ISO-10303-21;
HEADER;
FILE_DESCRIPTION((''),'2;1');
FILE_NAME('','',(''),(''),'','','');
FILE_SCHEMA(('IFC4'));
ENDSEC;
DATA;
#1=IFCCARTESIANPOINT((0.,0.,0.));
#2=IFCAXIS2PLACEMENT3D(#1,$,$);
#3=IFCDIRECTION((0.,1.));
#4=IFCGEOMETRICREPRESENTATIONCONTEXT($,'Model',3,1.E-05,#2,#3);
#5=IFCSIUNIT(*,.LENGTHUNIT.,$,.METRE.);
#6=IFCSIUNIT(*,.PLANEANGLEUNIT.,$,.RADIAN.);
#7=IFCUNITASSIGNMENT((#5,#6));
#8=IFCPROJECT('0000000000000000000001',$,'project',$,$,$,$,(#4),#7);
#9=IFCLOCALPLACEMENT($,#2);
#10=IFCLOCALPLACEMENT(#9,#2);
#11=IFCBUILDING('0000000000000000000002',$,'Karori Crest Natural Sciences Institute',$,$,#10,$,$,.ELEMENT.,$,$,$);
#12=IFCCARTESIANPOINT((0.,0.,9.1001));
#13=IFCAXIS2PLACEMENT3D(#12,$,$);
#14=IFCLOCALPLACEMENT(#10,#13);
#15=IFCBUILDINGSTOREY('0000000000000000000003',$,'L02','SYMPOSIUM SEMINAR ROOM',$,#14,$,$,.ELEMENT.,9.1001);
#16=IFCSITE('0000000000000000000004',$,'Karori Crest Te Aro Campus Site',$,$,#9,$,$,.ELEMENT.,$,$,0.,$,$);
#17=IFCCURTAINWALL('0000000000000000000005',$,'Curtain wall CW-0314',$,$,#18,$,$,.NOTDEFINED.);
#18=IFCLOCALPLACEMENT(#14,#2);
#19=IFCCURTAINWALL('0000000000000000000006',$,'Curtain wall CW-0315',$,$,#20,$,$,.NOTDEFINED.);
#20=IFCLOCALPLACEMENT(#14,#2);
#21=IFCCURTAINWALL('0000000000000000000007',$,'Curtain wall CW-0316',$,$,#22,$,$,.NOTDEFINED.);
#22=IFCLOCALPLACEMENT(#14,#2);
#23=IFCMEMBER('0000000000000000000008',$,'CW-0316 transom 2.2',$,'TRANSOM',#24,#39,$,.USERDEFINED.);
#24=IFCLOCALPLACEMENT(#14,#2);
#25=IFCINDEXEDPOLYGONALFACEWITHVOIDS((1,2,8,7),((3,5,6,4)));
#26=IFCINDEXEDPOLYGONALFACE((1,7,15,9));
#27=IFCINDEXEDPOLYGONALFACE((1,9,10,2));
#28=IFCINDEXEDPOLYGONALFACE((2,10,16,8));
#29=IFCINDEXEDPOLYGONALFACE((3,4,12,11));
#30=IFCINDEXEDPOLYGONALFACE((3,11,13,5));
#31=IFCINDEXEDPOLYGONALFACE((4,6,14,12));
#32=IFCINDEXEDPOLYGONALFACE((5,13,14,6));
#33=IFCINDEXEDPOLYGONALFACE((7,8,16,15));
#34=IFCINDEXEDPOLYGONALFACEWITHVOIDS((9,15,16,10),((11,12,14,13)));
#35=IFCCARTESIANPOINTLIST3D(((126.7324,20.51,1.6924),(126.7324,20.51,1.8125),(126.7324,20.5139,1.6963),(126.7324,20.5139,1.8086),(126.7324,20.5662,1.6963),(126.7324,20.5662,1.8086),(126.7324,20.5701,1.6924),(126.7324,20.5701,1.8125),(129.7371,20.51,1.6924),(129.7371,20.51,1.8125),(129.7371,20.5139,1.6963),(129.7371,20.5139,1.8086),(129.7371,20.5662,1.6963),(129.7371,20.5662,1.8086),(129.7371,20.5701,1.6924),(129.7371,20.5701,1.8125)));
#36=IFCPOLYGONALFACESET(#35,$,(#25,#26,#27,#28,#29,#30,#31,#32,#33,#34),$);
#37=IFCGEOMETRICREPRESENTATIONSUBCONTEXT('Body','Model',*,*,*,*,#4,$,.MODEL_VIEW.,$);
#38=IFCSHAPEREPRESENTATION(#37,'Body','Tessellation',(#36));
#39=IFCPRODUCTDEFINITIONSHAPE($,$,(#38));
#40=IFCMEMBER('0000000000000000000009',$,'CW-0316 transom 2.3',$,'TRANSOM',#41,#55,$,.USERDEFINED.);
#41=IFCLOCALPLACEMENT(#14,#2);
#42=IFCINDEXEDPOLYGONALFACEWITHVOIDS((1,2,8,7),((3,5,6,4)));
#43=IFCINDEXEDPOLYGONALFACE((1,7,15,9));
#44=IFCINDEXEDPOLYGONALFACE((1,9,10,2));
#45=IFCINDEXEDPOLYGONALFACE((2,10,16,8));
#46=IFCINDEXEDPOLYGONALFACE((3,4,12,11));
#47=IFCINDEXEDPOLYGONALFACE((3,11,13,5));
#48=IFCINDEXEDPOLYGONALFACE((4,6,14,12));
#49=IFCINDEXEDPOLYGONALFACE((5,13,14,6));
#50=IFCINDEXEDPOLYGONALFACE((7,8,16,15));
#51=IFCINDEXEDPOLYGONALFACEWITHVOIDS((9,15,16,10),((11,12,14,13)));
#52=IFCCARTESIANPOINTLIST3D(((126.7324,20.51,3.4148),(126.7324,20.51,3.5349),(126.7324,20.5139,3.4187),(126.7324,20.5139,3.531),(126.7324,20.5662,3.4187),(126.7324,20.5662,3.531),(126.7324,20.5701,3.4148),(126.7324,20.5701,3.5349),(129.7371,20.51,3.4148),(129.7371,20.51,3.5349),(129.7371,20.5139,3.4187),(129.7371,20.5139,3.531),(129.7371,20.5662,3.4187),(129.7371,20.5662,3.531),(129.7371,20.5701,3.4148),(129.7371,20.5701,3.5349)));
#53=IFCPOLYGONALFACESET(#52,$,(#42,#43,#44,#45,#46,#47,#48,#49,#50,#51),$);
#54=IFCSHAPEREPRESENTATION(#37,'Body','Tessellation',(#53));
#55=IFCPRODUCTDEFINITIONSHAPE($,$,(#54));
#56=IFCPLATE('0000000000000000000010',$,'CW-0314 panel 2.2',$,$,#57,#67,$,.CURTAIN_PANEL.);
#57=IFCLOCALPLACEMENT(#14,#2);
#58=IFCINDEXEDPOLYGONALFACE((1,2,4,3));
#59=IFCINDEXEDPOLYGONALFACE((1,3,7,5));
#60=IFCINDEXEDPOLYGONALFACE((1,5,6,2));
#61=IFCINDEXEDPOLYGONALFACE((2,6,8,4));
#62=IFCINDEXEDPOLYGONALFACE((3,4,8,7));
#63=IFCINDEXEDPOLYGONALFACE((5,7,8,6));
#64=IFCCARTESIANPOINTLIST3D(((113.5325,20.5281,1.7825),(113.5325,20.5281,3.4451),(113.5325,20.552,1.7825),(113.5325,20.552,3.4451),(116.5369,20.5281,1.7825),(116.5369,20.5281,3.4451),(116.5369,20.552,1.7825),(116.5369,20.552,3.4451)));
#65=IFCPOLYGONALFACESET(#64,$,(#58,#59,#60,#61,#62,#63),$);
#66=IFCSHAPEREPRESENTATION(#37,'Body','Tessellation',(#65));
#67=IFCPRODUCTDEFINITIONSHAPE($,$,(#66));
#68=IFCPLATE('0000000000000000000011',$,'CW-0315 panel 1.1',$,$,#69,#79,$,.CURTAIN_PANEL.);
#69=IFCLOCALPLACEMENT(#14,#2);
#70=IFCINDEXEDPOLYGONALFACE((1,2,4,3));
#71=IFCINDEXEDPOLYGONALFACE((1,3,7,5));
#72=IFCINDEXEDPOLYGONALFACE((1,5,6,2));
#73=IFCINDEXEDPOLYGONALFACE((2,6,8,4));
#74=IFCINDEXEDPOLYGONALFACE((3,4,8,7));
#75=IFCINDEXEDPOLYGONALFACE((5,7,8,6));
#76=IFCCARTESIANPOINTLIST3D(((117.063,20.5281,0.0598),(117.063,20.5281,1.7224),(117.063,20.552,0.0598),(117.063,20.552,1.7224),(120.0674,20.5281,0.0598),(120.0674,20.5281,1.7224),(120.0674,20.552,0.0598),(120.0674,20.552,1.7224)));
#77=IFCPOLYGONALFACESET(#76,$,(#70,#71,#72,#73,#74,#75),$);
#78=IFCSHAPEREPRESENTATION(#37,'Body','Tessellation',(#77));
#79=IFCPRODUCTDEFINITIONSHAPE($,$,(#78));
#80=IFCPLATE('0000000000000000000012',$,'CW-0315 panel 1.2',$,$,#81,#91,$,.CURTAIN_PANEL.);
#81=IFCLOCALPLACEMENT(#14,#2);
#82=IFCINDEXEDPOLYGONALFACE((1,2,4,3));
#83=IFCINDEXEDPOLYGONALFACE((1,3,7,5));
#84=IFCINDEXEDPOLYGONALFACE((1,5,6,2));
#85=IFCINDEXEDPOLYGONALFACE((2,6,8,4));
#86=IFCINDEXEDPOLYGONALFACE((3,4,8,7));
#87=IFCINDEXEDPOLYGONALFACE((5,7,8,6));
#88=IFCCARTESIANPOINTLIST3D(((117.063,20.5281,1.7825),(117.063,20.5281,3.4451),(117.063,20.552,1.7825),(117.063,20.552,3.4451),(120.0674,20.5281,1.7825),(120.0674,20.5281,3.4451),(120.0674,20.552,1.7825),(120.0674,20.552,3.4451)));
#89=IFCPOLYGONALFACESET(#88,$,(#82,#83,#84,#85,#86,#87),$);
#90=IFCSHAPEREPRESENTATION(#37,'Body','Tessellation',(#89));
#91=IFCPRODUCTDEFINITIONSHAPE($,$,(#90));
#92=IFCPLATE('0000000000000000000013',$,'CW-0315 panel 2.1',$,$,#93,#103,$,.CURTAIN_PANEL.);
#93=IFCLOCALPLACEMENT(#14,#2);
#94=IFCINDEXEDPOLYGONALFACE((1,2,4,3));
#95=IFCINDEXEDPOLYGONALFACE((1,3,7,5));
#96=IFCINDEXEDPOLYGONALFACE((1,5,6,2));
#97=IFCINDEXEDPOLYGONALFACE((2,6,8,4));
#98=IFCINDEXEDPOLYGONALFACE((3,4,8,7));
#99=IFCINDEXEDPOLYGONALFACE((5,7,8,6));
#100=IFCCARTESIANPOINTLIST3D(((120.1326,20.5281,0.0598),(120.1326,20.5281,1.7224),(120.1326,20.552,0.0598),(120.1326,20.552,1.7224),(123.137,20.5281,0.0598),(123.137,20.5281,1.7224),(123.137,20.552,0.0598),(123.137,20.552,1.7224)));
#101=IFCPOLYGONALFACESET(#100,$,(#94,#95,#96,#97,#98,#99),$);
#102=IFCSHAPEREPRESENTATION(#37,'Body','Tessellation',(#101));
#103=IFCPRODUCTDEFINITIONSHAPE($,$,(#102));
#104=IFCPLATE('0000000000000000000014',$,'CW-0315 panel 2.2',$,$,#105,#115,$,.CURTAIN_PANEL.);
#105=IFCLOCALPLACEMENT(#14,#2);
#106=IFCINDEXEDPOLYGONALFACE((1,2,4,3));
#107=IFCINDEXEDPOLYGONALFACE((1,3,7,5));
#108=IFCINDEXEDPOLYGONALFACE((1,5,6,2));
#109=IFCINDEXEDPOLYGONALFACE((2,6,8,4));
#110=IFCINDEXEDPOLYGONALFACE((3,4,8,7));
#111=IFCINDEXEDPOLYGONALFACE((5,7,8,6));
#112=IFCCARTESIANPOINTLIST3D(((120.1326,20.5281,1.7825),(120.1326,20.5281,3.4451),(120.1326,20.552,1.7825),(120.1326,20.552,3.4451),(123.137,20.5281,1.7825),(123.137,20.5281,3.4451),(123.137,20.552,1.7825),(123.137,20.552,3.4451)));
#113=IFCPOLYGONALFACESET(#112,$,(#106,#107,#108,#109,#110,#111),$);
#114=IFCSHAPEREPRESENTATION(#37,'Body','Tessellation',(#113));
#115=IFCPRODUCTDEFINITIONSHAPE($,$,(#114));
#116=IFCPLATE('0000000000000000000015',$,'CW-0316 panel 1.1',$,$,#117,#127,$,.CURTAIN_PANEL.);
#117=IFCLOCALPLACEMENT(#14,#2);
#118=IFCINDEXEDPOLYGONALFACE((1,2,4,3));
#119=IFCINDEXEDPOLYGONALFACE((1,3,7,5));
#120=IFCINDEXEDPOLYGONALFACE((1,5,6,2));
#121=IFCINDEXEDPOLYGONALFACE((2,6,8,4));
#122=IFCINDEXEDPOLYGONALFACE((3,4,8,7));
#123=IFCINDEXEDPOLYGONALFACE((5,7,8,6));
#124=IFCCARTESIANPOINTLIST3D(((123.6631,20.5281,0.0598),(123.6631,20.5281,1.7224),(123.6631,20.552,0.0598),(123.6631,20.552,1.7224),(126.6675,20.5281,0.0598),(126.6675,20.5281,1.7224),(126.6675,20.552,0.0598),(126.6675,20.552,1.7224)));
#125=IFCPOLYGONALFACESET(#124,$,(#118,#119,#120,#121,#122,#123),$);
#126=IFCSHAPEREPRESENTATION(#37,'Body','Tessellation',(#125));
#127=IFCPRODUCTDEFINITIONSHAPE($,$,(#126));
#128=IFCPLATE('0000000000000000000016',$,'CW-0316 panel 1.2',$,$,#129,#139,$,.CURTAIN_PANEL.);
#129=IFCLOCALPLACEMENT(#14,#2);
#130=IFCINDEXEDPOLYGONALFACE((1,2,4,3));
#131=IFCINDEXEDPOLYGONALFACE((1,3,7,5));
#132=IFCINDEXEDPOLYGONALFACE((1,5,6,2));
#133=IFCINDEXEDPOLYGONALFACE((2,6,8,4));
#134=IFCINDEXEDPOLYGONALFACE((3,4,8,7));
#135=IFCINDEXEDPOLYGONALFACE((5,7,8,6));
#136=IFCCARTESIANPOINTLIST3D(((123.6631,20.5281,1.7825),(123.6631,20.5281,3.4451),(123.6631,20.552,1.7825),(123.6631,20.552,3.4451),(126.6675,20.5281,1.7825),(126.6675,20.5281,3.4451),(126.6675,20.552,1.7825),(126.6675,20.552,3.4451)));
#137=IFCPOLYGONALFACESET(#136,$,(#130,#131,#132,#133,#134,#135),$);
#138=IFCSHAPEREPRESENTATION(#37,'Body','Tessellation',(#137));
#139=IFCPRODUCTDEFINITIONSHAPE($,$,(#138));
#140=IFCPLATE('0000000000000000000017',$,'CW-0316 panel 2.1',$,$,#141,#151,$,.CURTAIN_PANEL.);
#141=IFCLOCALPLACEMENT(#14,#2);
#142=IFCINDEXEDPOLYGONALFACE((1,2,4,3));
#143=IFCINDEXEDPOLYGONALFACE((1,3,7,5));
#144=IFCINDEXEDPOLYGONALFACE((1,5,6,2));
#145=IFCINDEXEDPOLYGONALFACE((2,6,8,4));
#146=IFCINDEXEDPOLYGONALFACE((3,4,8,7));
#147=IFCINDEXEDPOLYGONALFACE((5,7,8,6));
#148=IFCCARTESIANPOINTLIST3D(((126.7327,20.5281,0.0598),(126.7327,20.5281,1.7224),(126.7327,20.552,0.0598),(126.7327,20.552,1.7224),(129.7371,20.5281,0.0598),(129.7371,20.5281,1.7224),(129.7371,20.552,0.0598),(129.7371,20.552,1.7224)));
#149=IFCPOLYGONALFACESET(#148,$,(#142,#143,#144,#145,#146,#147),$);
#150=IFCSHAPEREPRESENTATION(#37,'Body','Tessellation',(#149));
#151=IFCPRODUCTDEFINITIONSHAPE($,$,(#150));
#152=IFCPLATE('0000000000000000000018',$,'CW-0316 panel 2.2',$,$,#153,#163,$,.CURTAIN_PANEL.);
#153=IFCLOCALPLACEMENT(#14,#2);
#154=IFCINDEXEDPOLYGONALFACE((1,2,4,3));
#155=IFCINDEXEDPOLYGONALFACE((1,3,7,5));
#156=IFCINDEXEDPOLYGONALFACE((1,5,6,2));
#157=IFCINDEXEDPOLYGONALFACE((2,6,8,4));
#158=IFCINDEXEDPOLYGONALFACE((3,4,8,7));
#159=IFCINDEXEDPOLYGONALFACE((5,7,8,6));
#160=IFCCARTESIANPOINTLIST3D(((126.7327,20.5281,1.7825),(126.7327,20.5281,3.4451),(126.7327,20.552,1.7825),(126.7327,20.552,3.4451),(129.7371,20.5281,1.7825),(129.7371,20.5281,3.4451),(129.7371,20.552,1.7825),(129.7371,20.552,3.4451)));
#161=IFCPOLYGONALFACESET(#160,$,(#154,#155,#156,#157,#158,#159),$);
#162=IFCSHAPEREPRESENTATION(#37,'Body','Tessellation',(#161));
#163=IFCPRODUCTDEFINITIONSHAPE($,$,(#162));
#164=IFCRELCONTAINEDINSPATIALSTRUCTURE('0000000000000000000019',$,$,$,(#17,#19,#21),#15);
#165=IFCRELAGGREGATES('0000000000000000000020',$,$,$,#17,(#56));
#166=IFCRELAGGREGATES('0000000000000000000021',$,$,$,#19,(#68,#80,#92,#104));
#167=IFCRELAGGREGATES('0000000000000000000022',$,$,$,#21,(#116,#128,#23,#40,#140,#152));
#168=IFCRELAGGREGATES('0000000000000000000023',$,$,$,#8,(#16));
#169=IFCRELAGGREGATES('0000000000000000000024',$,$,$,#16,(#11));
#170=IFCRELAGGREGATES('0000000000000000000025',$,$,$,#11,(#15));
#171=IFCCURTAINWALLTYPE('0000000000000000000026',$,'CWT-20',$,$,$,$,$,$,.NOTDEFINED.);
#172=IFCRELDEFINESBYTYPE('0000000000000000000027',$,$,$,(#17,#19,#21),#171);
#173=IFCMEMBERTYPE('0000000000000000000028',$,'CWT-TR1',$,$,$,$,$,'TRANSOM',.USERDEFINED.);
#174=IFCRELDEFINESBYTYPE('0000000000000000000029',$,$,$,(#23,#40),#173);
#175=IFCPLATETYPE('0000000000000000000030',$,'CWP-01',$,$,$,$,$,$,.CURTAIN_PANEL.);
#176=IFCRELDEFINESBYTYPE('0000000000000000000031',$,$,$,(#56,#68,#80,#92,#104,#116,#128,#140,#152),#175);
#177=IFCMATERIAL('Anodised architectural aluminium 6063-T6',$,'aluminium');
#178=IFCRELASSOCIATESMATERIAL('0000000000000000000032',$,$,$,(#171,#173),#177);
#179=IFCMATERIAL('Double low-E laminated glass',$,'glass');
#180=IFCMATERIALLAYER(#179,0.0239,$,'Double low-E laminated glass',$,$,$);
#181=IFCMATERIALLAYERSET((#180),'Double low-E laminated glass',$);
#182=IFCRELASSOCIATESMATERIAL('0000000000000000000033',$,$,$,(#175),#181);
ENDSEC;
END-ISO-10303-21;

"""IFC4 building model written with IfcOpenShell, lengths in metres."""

from ifc_helpers import new_model, si_unit, direction, frame, origin, origin_2d, place, context, subcontext, project, spatial, rectangle, hollow_rectangle, extrude, material, layer, layer_set, material_profile, profile_set, type_object, element, aggregate, save


model = new_model("IFC4")

# Units and contexts
model_context = context("Model", 3, precision=1e-05, world=origin(), true_north=direction((0.0, 1.0)))
body_context = subcontext(model_context, "Body", "Model", "MODEL_VIEW")
ifc_project = project(units=[si_unit("LENGTHUNIT", "METRE"), si_unit("PLANEANGLEUNIT", "RADIAN")], contexts=[model_context])

# Site, building, storey
site_placement = place(None, origin())
site = spatial("IfcSite", under=ifc_project, at=site_placement, Name="Karori Crest Te Aro Campus Site", CompositionType="ELEMENT", RefElevation=0.0)
building_placement = place(site_placement, origin())
building = spatial("IfcBuilding", under=site, at=building_placement, Name="Karori Crest Natural Sciences Institute", CompositionType="ELEMENT")
storey_placement = place(building_placement, frame((0.0, 0.0, 9.1001)))
storey = spatial("IfcBuildingStorey", under=building, at=storey_placement, Name="L02", Description="SYMPOSIUM SEMINAR ROOM", CompositionType="ELEMENT", Elevation=9.1001)

# Curtain wall
ifc_material_1 = material(Name="Anodised architectural aluminium 6063-T6", Category="aluminium")
curtain_wall_type = type_object("IfcCurtainWallType", Name="CWT-20", PredefinedType="NOTDEFINED", material=ifc_material_1)
curtain_wall_1_placement = place(storey_placement, origin())
curtain_wall_1 = element("IfcCurtainWall", 1, at=curtain_wall_1_placement, inside=storey, type_object=curtain_wall_type, Name="Curtain wall CW-0314", PredefinedType="NOTDEFINED")

# Curtain walls
curtain_wall_2_placement = place(storey_placement, origin())
curtain_wall_2 = element("IfcCurtainWall", 2, at=curtain_wall_2_placement, inside=storey, type_object=curtain_wall_type, Name="Curtain wall CW-0315", PredefinedType="NOTDEFINED")
curtain_wall_3_placement = place(storey_placement, origin())
curtain_wall_3 = element("IfcCurtainWall", 3, at=curtain_wall_3_placement, inside=storey, type_object=curtain_wall_type, Name="Curtain wall CW-0316", PredefinedType="NOTDEFINED")

# Members
ifc_material_profile_1 = material_profile(ifc_material_1, hollow_rectangle(XDim=0.0601, YDim=0.1201, WallThickness=0.0039, at=origin_2d()), Name="CWT120x60x4")
ifc_profile_set_1 = profile_set([ifc_material_profile_1], Name="Anodised architectural aluminium 6063-T6")
member_type_1 = type_object("IfcMemberType", Name="CWT-TR1", ElementType="TRANSOM", PredefinedType="USERDEFINED", material=ifc_profile_set_1)
member_1_placement = place(storey_placement, frame((126.7324, 20.54, 1.7524), z_axis=(1.0, 0.0, 0.0), x_axis=(0.0, 1.0, 0.0)))
member_1 = element("IfcMember", 4, at=member_1_placement, type_object=member_type_1, Name="CW-0316 transom 2.2", ObjectType="TRANSOM", PredefinedType="USERDEFINED", context=body_context, shape_type="SweptSolid", body=[
    extrude(hollow_rectangle(XDim=0.0601, YDim=0.1201, WallThickness=0.0039, at=origin_2d()), origin(), (0.0, 0.0, 1.0), 3.0046),
])
member_2_placement = place(storey_placement, frame((126.7324, 20.54, 3.4749), z_axis=(1.0, 0.0, 0.0), x_axis=(0.0, 1.0, 0.0)))
member_2 = element("IfcMember", 5, at=member_2_placement, type_object=member_type_1, Name="CW-0316 transom 2.3", ObjectType="TRANSOM", PredefinedType="USERDEFINED", context=body_context, shape_type="SweptSolid", body=[
    extrude(hollow_rectangle(XDim=0.0601, YDim=0.1201, WallThickness=0.0039, at=origin_2d()), origin(), (0.0, 0.0, 1.0), 3.0046),
])

# Plates
ifc_material_2 = material(Name="Double low-E laminated glass", Category="glass")
ifc_layer = layer(ifc_material_2, 0.0239, Name="Double low-E laminated glass")
ifc_layer_set = layer_set([ifc_layer], Name="Double low-E laminated glass")
plate_type = type_object("IfcPlateType", Name="CWP-01", PredefinedType="CURTAIN_PANEL", material=ifc_layer_set)
plate_1_placement = place(storey_placement, frame((115.0347, 20.54, 1.7825), z_axis=(0.0, 0.0, 1.0), x_axis=(1.0, 0.0, 0.0)))
plate_1 = element("IfcPlate", 6, at=plate_1_placement, type_object=plate_type, Name="CW-0314 panel 2.2", PredefinedType="CURTAIN_PANEL", context=body_context, shape_type="SweptSolid", body=[
    extrude(rectangle(XDim=3.0044, YDim=0.0239, at=origin_2d()), origin(), (0.0, 0.0, 1.0), 1.6626),
])
aggregate(curtain_wall_1, [plate_1])
plate_2_placement = place(storey_placement, frame((118.5652, 20.54, 0.0598), z_axis=(0.0, 0.0, 1.0), x_axis=(1.0, 0.0, 0.0)))
plate_2 = element("IfcPlate", 7, at=plate_2_placement, type_object=plate_type, Name="CW-0315 panel 1.1", PredefinedType="CURTAIN_PANEL", context=body_context, shape_type="SweptSolid", body=[
    extrude(rectangle(XDim=3.0044, YDim=0.0239, at=origin_2d()), origin(), (0.0, 0.0, 1.0), 1.6626),
])
plate_3_placement = place(storey_placement, frame((118.5652, 20.54, 1.7825), z_axis=(0.0, 0.0, 1.0), x_axis=(1.0, 0.0, 0.0)))
plate_3 = element("IfcPlate", 8, at=plate_3_placement, type_object=plate_type, Name="CW-0315 panel 1.2", PredefinedType="CURTAIN_PANEL", context=body_context, shape_type="SweptSolid", body=[
    extrude(rectangle(XDim=3.0044, YDim=0.0239, at=origin_2d()), origin(), (0.0, 0.0, 1.0), 1.6626),
])
plate_4_placement = place(storey_placement, frame((121.6348, 20.54, 0.0598), z_axis=(0.0, 0.0, 1.0), x_axis=(1.0, 0.0, 0.0)))
plate_4 = element("IfcPlate", 9, at=plate_4_placement, type_object=plate_type, Name="CW-0315 panel 2.1", PredefinedType="CURTAIN_PANEL", context=body_context, shape_type="SweptSolid", body=[
    extrude(rectangle(XDim=3.0044, YDim=0.0239, at=origin_2d()), origin(), (0.0, 0.0, 1.0), 1.6626),
])
plate_5_placement = place(storey_placement, frame((121.6348, 20.54, 1.7825), z_axis=(0.0, 0.0, 1.0), x_axis=(1.0, 0.0, 0.0)))
plate_5 = element("IfcPlate", 10, at=plate_5_placement, type_object=plate_type, Name="CW-0315 panel 2.2", PredefinedType="CURTAIN_PANEL", context=body_context, shape_type="SweptSolid", body=[
    extrude(rectangle(XDim=3.0044, YDim=0.0239, at=origin_2d()), origin(), (0.0, 0.0, 1.0), 1.6626),
])
aggregate(curtain_wall_2, [plate_2, plate_3, plate_4, plate_5])
plate_6_placement = place(storey_placement, frame((125.1653, 20.54, 0.0598), z_axis=(0.0, 0.0, 1.0), x_axis=(1.0, 0.0, 0.0)))
plate_6 = element("IfcPlate", 11, at=plate_6_placement, type_object=plate_type, Name="CW-0316 panel 1.1", PredefinedType="CURTAIN_PANEL", context=body_context, shape_type="SweptSolid", body=[
    extrude(rectangle(XDim=3.0044, YDim=0.0239, at=origin_2d()), origin(), (0.0, 0.0, 1.0), 1.6626),
])
plate_7_placement = place(storey_placement, frame((125.1653, 20.54, 1.7825), z_axis=(0.0, 0.0, 1.0), x_axis=(1.0, 0.0, 0.0)))
plate_7 = element("IfcPlate", 12, at=plate_7_placement, type_object=plate_type, Name="CW-0316 panel 1.2", PredefinedType="CURTAIN_PANEL", context=body_context, shape_type="SweptSolid", body=[
    extrude(rectangle(XDim=3.0044, YDim=0.0239, at=origin_2d()), origin(), (0.0, 0.0, 1.0), 1.6626),
])
plate_8_placement = place(storey_placement, frame((128.2349, 20.54, 0.0598), z_axis=(0.0, 0.0, 1.0), x_axis=(1.0, 0.0, 0.0)))
plate_8 = element("IfcPlate", 13, at=plate_8_placement, type_object=plate_type, Name="CW-0316 panel 2.1", PredefinedType="CURTAIN_PANEL", context=body_context, shape_type="SweptSolid", body=[
    extrude(rectangle(XDim=3.0044, YDim=0.0239, at=origin_2d()), origin(), (0.0, 0.0, 1.0), 1.6626),
])
plate_9_placement = place(storey_placement, frame((128.2349, 20.54, 1.7825), z_axis=(0.0, 0.0, 1.0), x_axis=(1.0, 0.0, 0.0)))
plate_9 = element("IfcPlate", 14, at=plate_9_placement, type_object=plate_type, Name="CW-0316 panel 2.2", PredefinedType="CURTAIN_PANEL", context=body_context, shape_type="SweptSolid", body=[
    extrude(rectangle(XDim=3.0044, YDim=0.0239, at=origin_2d()), origin(), (0.0, 0.0, 1.0), 1.6626),
])
aggregate(curtain_wall_3, [plate_6, plate_7, member_1, member_2, plate_8, plate_9])

save(model, "model.ifc")
